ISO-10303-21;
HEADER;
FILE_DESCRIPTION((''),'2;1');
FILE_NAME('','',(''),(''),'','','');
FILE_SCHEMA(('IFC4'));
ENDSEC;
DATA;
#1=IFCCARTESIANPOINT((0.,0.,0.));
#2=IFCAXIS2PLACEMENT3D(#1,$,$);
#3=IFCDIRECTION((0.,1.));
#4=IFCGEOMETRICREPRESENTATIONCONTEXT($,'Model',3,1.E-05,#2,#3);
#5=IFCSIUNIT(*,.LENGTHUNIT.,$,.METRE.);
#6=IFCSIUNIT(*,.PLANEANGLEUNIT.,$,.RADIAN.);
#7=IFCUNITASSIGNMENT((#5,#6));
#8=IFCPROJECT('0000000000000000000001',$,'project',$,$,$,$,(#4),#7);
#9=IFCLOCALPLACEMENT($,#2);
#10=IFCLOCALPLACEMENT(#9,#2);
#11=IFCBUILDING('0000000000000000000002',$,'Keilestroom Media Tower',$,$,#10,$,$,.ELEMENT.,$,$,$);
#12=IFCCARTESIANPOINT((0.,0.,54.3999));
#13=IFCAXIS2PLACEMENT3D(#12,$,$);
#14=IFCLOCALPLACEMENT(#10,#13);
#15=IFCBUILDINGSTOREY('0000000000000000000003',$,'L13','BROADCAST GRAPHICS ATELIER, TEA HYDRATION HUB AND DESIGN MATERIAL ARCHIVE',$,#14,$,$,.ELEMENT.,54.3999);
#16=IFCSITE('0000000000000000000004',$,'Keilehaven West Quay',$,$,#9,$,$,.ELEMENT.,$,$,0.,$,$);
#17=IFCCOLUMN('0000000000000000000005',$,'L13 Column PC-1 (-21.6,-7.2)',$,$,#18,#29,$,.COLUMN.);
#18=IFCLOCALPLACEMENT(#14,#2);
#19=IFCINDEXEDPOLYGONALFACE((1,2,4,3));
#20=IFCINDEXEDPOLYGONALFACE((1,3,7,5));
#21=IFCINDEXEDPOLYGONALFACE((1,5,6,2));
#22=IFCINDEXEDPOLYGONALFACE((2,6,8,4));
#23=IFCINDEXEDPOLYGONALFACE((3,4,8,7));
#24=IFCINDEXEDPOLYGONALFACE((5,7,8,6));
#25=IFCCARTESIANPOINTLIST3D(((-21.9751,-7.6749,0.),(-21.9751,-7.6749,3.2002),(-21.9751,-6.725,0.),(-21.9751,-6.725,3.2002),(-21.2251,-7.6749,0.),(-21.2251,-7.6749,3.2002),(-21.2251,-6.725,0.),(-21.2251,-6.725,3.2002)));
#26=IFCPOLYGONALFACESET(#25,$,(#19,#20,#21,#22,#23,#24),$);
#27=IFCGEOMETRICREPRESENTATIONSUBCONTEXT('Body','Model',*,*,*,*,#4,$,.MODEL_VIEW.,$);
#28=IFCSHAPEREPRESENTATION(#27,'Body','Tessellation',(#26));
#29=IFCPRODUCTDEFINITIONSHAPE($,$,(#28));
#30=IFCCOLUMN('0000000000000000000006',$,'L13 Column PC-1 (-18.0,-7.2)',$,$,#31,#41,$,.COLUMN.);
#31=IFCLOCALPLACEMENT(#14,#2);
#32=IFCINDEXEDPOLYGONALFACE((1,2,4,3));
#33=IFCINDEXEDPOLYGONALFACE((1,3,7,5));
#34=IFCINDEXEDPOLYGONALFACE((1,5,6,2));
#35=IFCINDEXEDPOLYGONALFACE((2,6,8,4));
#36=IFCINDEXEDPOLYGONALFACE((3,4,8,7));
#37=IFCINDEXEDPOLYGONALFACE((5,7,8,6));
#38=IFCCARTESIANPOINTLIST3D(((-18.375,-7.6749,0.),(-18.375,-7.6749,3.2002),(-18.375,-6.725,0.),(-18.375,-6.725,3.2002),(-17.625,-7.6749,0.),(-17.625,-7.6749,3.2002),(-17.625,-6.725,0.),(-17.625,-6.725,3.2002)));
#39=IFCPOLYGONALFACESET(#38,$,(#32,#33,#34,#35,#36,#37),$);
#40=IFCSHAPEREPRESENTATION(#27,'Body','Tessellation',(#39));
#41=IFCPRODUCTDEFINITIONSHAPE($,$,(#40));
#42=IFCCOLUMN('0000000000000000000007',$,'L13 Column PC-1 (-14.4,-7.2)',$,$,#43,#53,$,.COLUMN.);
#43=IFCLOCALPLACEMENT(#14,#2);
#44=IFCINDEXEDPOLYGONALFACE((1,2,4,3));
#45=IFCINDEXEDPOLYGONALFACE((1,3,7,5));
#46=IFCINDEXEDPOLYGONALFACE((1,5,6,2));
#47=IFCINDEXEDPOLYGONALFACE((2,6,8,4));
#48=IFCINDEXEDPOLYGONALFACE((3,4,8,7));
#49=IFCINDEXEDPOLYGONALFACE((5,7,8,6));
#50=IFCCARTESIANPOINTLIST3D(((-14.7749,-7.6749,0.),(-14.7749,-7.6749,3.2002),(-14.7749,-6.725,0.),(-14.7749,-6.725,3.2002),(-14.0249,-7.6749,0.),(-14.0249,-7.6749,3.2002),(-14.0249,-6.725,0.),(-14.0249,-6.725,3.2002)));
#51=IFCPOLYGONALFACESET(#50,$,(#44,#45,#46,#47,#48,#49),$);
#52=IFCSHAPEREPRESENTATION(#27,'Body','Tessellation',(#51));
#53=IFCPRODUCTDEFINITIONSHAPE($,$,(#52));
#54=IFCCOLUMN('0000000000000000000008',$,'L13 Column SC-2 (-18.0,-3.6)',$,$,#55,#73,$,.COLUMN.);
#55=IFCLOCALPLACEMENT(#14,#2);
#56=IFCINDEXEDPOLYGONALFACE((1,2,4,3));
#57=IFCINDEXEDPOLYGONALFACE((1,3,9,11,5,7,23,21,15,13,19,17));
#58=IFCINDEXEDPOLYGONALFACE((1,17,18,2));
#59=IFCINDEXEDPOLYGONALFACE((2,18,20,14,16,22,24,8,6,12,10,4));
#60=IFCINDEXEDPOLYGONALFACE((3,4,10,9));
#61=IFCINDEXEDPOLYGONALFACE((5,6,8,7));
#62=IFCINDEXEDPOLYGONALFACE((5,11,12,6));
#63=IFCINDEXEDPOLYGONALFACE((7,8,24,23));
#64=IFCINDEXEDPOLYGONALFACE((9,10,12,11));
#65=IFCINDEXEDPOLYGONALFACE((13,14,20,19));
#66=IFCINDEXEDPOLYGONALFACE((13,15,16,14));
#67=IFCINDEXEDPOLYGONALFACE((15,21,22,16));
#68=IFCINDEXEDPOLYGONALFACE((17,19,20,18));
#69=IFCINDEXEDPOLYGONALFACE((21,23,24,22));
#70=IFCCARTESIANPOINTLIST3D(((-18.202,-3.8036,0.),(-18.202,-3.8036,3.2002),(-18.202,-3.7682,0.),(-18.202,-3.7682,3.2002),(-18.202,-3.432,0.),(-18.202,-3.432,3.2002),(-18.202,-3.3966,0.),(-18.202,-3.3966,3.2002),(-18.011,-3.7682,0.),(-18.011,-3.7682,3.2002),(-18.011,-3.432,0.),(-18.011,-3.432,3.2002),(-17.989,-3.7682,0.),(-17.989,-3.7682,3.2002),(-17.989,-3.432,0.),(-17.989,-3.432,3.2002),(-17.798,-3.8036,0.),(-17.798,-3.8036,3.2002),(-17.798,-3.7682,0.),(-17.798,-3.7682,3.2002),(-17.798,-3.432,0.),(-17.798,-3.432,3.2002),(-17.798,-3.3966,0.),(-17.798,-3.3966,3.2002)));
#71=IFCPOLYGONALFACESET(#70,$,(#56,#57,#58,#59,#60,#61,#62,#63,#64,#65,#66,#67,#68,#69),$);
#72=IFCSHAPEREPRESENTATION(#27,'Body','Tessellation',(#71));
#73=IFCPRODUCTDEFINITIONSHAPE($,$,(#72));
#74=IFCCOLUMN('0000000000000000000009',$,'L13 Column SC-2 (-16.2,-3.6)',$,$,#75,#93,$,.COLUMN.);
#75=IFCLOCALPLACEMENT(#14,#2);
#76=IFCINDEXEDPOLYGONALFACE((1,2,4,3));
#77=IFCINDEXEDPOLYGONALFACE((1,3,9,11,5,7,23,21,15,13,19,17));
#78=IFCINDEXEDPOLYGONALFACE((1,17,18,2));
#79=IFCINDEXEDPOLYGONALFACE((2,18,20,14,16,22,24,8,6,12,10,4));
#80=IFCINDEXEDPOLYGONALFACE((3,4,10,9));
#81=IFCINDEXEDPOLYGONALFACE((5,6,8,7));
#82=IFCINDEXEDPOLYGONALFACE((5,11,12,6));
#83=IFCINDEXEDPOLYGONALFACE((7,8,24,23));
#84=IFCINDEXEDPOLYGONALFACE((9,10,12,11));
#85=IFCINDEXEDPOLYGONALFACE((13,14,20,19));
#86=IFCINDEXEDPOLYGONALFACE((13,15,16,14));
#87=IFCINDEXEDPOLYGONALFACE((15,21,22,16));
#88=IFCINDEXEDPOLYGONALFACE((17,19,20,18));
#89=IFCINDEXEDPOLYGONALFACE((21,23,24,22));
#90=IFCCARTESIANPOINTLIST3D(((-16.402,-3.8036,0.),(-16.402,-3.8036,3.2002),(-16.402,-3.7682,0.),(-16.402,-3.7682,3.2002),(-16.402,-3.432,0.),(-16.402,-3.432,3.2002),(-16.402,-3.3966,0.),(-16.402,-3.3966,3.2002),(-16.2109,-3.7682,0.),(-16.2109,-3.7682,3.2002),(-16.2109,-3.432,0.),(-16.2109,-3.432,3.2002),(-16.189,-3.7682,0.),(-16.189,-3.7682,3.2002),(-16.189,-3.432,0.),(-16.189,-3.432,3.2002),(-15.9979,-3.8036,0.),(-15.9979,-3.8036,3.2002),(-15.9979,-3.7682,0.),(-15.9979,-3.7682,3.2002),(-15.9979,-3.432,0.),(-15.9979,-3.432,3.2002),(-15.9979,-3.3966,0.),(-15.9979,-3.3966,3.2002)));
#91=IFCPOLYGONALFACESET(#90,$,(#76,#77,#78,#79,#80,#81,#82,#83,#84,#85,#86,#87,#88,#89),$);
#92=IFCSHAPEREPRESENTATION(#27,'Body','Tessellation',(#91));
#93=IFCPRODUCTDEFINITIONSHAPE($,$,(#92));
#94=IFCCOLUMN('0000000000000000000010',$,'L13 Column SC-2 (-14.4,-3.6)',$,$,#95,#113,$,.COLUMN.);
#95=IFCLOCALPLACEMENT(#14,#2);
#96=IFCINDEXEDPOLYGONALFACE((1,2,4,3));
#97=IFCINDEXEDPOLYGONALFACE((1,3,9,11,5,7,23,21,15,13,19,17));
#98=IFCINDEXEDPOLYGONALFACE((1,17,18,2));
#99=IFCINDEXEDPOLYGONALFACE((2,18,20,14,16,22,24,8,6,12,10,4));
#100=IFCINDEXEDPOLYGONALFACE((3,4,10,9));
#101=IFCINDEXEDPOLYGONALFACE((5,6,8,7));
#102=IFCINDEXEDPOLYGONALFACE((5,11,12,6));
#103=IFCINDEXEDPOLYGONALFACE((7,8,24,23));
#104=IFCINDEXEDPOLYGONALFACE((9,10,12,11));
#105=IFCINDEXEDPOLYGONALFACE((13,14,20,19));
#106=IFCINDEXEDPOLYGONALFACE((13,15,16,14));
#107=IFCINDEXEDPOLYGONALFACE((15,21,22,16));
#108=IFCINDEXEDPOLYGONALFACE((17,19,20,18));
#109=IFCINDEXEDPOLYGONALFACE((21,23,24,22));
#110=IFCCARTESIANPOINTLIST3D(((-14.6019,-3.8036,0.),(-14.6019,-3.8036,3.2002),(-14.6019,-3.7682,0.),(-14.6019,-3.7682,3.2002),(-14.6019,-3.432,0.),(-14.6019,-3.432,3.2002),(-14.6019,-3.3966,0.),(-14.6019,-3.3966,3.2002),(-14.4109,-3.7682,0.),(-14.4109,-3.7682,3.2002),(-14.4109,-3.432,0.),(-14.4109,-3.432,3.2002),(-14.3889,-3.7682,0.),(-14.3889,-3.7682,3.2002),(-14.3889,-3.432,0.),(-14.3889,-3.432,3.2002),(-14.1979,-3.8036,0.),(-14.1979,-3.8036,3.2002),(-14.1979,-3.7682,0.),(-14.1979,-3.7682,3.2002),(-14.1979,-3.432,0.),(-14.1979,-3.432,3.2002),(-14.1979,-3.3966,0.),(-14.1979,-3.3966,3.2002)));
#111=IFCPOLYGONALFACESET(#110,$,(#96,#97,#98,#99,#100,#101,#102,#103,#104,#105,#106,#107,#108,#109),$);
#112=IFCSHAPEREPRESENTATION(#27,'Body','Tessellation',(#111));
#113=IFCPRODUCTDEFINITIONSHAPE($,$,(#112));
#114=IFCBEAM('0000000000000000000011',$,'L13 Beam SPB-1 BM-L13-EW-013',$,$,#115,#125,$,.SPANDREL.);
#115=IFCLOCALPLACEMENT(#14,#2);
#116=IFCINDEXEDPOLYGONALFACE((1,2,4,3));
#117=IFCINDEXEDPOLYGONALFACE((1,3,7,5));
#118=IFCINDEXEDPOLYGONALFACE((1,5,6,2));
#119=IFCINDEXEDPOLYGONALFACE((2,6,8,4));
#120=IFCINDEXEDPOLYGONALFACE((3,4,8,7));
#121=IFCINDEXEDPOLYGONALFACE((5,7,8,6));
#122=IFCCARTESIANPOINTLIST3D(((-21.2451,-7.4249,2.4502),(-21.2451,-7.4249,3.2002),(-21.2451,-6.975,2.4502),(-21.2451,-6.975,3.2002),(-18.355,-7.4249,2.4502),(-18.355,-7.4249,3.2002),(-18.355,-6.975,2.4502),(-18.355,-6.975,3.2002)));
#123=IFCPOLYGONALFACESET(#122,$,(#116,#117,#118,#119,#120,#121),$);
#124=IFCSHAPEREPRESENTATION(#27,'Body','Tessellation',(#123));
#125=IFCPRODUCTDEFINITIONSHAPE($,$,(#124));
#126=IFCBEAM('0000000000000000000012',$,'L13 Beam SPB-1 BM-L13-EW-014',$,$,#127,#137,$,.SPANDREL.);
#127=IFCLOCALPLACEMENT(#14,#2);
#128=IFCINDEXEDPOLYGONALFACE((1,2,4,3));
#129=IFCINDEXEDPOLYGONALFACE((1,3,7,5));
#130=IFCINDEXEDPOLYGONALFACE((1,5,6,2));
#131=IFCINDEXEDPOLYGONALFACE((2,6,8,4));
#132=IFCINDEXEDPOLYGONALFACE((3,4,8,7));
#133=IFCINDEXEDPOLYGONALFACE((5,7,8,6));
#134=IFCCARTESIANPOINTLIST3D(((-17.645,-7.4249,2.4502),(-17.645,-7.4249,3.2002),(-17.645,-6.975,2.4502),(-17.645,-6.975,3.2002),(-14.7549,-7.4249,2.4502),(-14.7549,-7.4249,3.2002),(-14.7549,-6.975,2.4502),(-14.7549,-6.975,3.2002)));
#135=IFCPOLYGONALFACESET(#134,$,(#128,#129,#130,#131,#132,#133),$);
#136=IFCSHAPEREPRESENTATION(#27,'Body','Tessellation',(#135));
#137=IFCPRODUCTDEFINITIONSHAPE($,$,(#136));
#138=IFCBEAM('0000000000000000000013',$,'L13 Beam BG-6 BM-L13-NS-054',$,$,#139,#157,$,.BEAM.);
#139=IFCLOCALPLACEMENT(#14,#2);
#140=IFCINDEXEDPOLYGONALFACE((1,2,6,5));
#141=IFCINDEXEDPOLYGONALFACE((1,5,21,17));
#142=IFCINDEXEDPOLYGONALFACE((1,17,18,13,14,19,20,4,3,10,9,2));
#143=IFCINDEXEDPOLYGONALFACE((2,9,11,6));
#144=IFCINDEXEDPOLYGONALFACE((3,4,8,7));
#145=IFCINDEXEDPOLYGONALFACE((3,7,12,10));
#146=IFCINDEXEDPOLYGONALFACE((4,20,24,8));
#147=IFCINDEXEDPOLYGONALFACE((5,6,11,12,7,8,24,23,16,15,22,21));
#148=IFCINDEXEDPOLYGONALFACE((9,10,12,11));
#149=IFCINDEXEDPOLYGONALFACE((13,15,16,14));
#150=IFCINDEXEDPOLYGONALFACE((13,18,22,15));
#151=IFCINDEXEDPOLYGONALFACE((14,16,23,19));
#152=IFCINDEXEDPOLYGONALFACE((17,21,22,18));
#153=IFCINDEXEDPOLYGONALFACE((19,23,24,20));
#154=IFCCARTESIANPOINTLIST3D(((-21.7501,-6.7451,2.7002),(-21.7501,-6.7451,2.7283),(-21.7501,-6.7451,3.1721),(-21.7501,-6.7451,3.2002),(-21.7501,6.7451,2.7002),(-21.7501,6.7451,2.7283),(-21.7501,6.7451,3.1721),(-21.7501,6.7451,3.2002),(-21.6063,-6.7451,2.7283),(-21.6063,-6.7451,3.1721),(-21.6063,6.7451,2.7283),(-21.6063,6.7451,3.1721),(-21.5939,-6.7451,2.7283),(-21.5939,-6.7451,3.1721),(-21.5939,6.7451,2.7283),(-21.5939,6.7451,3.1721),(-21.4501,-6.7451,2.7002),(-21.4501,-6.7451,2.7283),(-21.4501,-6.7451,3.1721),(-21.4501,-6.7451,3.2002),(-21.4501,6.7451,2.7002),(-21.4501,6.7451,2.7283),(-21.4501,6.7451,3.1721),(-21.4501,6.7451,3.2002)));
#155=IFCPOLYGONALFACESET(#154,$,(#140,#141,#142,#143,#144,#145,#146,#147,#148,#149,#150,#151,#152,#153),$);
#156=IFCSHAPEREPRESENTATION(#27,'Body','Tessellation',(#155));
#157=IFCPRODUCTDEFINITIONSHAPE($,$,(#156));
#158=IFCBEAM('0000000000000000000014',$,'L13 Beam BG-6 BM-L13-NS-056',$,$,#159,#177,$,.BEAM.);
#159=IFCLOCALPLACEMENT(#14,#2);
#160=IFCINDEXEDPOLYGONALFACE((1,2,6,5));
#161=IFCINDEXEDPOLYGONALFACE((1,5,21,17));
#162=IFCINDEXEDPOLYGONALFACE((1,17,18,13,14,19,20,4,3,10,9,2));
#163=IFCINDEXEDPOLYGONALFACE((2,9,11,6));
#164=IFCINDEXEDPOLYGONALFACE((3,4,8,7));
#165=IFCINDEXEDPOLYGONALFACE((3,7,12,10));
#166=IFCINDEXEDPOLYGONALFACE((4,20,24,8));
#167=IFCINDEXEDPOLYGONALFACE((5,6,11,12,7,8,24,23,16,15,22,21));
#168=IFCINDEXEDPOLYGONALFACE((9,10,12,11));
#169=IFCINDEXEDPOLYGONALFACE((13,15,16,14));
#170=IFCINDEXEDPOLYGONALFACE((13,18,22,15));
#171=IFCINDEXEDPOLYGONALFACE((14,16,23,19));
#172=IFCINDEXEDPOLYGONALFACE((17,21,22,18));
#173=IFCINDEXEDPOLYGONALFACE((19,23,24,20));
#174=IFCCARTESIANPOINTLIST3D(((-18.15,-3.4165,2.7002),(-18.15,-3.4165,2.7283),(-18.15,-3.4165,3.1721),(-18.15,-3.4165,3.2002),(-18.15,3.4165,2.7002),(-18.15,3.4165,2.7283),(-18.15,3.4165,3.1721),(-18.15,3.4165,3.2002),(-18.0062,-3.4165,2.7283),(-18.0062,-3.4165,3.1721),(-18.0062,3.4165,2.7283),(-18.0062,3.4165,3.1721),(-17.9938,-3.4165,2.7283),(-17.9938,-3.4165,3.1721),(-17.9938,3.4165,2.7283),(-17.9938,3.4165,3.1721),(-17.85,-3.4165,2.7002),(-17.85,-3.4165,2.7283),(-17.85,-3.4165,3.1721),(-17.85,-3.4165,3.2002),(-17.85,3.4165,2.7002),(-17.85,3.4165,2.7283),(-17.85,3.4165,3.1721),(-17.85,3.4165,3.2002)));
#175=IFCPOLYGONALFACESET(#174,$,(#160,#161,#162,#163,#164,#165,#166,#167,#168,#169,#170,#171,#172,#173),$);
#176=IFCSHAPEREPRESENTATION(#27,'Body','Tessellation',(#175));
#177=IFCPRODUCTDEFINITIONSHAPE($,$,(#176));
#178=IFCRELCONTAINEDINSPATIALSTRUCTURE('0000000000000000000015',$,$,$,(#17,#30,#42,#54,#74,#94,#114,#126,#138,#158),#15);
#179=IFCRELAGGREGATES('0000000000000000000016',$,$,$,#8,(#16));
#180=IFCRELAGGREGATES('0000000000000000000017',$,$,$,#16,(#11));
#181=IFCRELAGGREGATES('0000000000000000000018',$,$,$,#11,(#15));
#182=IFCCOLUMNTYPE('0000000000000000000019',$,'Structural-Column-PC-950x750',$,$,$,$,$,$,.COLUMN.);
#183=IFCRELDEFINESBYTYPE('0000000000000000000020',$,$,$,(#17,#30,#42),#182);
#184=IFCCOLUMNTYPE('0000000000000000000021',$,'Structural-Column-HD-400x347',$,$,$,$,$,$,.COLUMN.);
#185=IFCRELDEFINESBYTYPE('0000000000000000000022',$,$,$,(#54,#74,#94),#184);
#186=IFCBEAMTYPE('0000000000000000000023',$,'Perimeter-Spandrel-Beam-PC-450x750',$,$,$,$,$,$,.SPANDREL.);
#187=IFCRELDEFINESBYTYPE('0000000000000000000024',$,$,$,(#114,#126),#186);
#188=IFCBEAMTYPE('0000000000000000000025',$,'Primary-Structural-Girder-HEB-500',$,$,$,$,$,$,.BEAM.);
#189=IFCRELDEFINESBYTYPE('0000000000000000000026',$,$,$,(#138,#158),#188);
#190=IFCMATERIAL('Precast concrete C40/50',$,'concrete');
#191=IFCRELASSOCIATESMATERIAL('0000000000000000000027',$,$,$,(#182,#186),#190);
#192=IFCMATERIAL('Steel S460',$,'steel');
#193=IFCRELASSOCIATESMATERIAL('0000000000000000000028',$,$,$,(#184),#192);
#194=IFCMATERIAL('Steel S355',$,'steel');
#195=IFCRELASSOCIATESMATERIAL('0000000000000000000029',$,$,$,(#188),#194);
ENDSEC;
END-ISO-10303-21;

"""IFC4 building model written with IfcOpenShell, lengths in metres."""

from ifc_helpers import new_model, si_unit, direction, frame, origin, origin_2d, place, context, subcontext, project, spatial, rectangle, i_section, extrude, source, transform, mapped, material, material_profile, profile_set, type_object, element, save


model = new_model("IFC4")

# Units and contexts
model_context = context("Model", 3, precision=1e-05, world=origin(), true_north=direction((0.0, 1.0)))
body_context = subcontext(model_context, "Body", "Model", "MODEL_VIEW")
ifc_project = project(units=[si_unit("LENGTHUNIT", "METRE"), si_unit("PLANEANGLEUNIT", "RADIAN")], contexts=[model_context])

# Site, building, storey
site_placement = place(None, origin())
site = spatial("IfcSite", under=ifc_project, at=site_placement, Name="Keilehaven West Quay", CompositionType="ELEMENT", RefElevation=0.0)
building_placement = place(site_placement, origin())
building = spatial("IfcBuilding", under=site, at=building_placement, Name="Keilestroom Media Tower", CompositionType="ELEMENT")
storey_placement = place(building_placement, frame((0.0, 0.0, 54.3999)))
storey = spatial("IfcBuildingStorey", under=building, at=storey_placement, Name="L13", Description="BROADCAST GRAPHICS ATELIER, TEA HYDRATION HUB AND DESIGN MATERIAL ARCHIVE", CompositionType="ELEMENT", Elevation=54.3999)

# Columns
ifc_material_1 = material(Name="Precast concrete C40/50", Category="concrete")
ifc_material_profile_1 = material_profile(ifc_material_1, rectangle(XDim=0.75, YDim=0.95, at=origin_2d()), Name="PC 950x750")
ifc_profile_set_1 = profile_set([ifc_material_profile_1], Name="Precast concrete C40/50")
column_type_1 = type_object("IfcColumnType", Name="Structural-Column-PC-950x750", PredefinedType="COLUMN", material=ifc_profile_set_1)
shared_shape_1 = source(origin(), body_context, "Body", "SweptSolid", [
    extrude(rectangle(XDim=0.75, YDim=0.95, at=origin_2d()), origin(), (0.0, 0.0, 1.0), 3.2002),
])
for number, where, z_axis, x_axis, name in (
    (1, (-21.6001, -7.2, 0.0), (0.0, 0.0, 1.0), (1.0, 0.0, 0.0), "L13 Column PC-1 (-21.6,-7.2)"),
    (2, (-18.0, -7.2, 0.0), (0.0, 0.0, 1.0), (1.0, 0.0, 0.0), "L13 Column PC-1 (-18.0,-7.2)"),
    (3, (-14.3999, -7.2, 0.0), (0.0, 0.0, 1.0), (1.0, 0.0, 0.0), "L13 Column PC-1 (-14.4,-7.2)"),
):
    element("IfcColumn", number, at=place(storey_placement, frame(where, z_axis=z_axis, x_axis=x_axis)), inside=storey, type_object=column_type_1, Name=name, PredefinedType="COLUMN", context=body_context, shape_type="MappedRepresentation", body=[
        mapped(shared_shape_1, transform((0.0, 0.0, 0.0), x_axis=(1.0, 0.0, 0.0), y_axis=(0.0, 1.0, 0.0), z_axis=(0.0, 0.0, 1.0), scale=1.0)),
    ])
ifc_material_2 = material(Name="Steel S460", Category="steel")
ifc_material_profile_2 = material_profile(ifc_material_2, i_section(OverallWidth=0.4041, OverallDepth=0.407, WebThickness=0.022, FlangeThickness=0.0354, at=origin_2d()), Name="HD 400x347")
ifc_profile_set_2 = profile_set([ifc_material_profile_2], Name="Steel S460")
column_type_2 = type_object("IfcColumnType", Name="Structural-Column-HD-400x347", PredefinedType="COLUMN", material=ifc_profile_set_2)
shared_shape_2 = source(origin(), body_context, "Body", "SweptSolid", [
    extrude(i_section(OverallWidth=0.4041, OverallDepth=0.407, WebThickness=0.022, FlangeThickness=0.0354, at=origin_2d()), origin(), (0.0, 0.0, 1.0), 3.2002),
])
for number, where, z_axis, x_axis, name in (
    (4, (-18.0, -3.6001, 0.0), (0.0, 0.0, 1.0), (1.0, 0.0, 0.0), "L13 Column SC-2 (-18.0,-3.6)"),
    (5, (-16.2, -3.6001, 0.0), (0.0, 0.0, 1.0), (1.0, 0.0, 0.0), "L13 Column SC-2 (-16.2,-3.6)"),
    (6, (-14.3999, -3.6001, 0.0), (0.0, 0.0, 1.0), (1.0, 0.0, 0.0), "L13 Column SC-2 (-14.4,-3.6)"),
):
    element("IfcColumn", number, at=place(storey_placement, frame(where, z_axis=z_axis, x_axis=x_axis)), inside=storey, type_object=column_type_2, Name=name, PredefinedType="COLUMN", context=body_context, shape_type="MappedRepresentation", body=[
        mapped(shared_shape_2, transform((0.0, 0.0, 0.0), x_axis=(1.0, 0.0, 0.0), y_axis=(0.0, 1.0, 0.0), z_axis=(0.0, 0.0, 1.0), scale=1.0)),
    ])

# Beams
ifc_material_profile_3 = material_profile(ifc_material_1, rectangle(XDim=0.45, YDim=0.75, at=origin_2d()), Name="PC 450x750")
ifc_profile_set_3 = profile_set([ifc_material_profile_3], Name="Precast concrete C40/50")
beam_type_1 = type_object("IfcBeamType", Name="Perimeter-Spandrel-Beam-PC-450x750", PredefinedType="SPANDREL", material=ifc_profile_set_3)
shared_shape_3 = source(origin(), body_context, "Body", "SweptSolid", [
    extrude(rectangle(XDim=0.45, YDim=0.75, at=origin_2d()), origin(), (0.0, 0.0, 1.0), 2.8901),
])
for number, where, z_axis, x_axis, name in (
    (7, (-21.2451, -7.2, 2.8252), (1.0, 0.0, 0.0), (0.0, 1.0, 0.0), "L13 Beam SPB-1 BM-L13-EW-013"),
    (8, (-17.645, -7.2, 2.8252), (1.0, 0.0, 0.0), (0.0, 1.0, 0.0), "L13 Beam SPB-1 BM-L13-EW-014"),
):
    element("IfcBeam", number, at=place(storey_placement, frame(where, z_axis=z_axis, x_axis=x_axis)), inside=storey, type_object=beam_type_1, Name=name, PredefinedType="SPANDREL", context=body_context, shape_type="MappedRepresentation", body=[
        mapped(shared_shape_3, transform((0.0, 0.0, 0.0), x_axis=(1.0, 0.0, 0.0), y_axis=(0.0, 1.0, 0.0), z_axis=(0.0, 0.0, 1.0), scale=1.0)),
    ])
ifc_material_3 = material(Name="Steel S355", Category="steel")
ifc_material_profile_4 = material_profile(ifc_material_3, i_section(OverallWidth=0.3, OverallDepth=0.5, WebThickness=0.0125, FlangeThickness=0.0281, at=origin_2d()), Name="HEB 500")
ifc_profile_set_4 = profile_set([ifc_material_profile_4], Name="Steel S355")
beam_type_2 = type_object("IfcBeamType", Name="Primary-Structural-Girder-HEB-500", PredefinedType="BEAM", material=ifc_profile_set_4)
shared_shape_4 = source(origin(), body_context, "Body", "SweptSolid", [
    extrude(i_section(OverallWidth=0.3, OverallDepth=0.5, WebThickness=0.0125, FlangeThickness=0.0281, at=origin_2d()), origin(), (0.0, 0.0, 1.0), 13.4902),
])
beam_1_placement = place(storey_placement, frame((-21.6001, -6.7451, 2.9502), z_axis=(0.0, 1.0, 0.0), x_axis=(-1.0, 0.0, 0.0)))
element("IfcBeam", 9, at=beam_1_placement, inside=storey, type_object=beam_type_2, Name="L13 Beam BG-6 BM-L13-NS-054", PredefinedType="BEAM", context=body_context, shape_type="MappedRepresentation", body=[
    mapped(shared_shape_4, transform((0.0, 0.0, 0.0), x_axis=(1.0, 0.0, 0.0), y_axis=(0.0, 1.0, 0.0), z_axis=(0.0, 0.0, 1.0), scale=1.0)),
])
shared_shape_5 = source(origin(), body_context, "Body", "SweptSolid", [
    extrude(i_section(OverallWidth=0.3, OverallDepth=0.5, WebThickness=0.0125, FlangeThickness=0.0281, at=origin_2d()), origin(), (0.0, 0.0, 1.0), 6.833),
])
for number, where, z_axis, x_axis, name in (
    (10, (-18.0, -3.4165, 2.9502), (0.0, 1.0, 0.0), (-1.0, 0.0, 0.0), "L13 Beam BG-6 BM-L13-NS-056"),
):
    element("IfcBeam", number, at=place(storey_placement, frame(where, z_axis=z_axis, x_axis=x_axis)), inside=storey, type_object=beam_type_2, Name=name, PredefinedType="BEAM", context=body_context, shape_type="MappedRepresentation", body=[
        mapped(shared_shape_5, transform((0.0, 0.0, 0.0), x_axis=(1.0, 0.0, 0.0), y_axis=(0.0, 1.0, 0.0), z_axis=(0.0, 0.0, 1.0), scale=1.0)),
    ])

save(model, "model.ifc")
